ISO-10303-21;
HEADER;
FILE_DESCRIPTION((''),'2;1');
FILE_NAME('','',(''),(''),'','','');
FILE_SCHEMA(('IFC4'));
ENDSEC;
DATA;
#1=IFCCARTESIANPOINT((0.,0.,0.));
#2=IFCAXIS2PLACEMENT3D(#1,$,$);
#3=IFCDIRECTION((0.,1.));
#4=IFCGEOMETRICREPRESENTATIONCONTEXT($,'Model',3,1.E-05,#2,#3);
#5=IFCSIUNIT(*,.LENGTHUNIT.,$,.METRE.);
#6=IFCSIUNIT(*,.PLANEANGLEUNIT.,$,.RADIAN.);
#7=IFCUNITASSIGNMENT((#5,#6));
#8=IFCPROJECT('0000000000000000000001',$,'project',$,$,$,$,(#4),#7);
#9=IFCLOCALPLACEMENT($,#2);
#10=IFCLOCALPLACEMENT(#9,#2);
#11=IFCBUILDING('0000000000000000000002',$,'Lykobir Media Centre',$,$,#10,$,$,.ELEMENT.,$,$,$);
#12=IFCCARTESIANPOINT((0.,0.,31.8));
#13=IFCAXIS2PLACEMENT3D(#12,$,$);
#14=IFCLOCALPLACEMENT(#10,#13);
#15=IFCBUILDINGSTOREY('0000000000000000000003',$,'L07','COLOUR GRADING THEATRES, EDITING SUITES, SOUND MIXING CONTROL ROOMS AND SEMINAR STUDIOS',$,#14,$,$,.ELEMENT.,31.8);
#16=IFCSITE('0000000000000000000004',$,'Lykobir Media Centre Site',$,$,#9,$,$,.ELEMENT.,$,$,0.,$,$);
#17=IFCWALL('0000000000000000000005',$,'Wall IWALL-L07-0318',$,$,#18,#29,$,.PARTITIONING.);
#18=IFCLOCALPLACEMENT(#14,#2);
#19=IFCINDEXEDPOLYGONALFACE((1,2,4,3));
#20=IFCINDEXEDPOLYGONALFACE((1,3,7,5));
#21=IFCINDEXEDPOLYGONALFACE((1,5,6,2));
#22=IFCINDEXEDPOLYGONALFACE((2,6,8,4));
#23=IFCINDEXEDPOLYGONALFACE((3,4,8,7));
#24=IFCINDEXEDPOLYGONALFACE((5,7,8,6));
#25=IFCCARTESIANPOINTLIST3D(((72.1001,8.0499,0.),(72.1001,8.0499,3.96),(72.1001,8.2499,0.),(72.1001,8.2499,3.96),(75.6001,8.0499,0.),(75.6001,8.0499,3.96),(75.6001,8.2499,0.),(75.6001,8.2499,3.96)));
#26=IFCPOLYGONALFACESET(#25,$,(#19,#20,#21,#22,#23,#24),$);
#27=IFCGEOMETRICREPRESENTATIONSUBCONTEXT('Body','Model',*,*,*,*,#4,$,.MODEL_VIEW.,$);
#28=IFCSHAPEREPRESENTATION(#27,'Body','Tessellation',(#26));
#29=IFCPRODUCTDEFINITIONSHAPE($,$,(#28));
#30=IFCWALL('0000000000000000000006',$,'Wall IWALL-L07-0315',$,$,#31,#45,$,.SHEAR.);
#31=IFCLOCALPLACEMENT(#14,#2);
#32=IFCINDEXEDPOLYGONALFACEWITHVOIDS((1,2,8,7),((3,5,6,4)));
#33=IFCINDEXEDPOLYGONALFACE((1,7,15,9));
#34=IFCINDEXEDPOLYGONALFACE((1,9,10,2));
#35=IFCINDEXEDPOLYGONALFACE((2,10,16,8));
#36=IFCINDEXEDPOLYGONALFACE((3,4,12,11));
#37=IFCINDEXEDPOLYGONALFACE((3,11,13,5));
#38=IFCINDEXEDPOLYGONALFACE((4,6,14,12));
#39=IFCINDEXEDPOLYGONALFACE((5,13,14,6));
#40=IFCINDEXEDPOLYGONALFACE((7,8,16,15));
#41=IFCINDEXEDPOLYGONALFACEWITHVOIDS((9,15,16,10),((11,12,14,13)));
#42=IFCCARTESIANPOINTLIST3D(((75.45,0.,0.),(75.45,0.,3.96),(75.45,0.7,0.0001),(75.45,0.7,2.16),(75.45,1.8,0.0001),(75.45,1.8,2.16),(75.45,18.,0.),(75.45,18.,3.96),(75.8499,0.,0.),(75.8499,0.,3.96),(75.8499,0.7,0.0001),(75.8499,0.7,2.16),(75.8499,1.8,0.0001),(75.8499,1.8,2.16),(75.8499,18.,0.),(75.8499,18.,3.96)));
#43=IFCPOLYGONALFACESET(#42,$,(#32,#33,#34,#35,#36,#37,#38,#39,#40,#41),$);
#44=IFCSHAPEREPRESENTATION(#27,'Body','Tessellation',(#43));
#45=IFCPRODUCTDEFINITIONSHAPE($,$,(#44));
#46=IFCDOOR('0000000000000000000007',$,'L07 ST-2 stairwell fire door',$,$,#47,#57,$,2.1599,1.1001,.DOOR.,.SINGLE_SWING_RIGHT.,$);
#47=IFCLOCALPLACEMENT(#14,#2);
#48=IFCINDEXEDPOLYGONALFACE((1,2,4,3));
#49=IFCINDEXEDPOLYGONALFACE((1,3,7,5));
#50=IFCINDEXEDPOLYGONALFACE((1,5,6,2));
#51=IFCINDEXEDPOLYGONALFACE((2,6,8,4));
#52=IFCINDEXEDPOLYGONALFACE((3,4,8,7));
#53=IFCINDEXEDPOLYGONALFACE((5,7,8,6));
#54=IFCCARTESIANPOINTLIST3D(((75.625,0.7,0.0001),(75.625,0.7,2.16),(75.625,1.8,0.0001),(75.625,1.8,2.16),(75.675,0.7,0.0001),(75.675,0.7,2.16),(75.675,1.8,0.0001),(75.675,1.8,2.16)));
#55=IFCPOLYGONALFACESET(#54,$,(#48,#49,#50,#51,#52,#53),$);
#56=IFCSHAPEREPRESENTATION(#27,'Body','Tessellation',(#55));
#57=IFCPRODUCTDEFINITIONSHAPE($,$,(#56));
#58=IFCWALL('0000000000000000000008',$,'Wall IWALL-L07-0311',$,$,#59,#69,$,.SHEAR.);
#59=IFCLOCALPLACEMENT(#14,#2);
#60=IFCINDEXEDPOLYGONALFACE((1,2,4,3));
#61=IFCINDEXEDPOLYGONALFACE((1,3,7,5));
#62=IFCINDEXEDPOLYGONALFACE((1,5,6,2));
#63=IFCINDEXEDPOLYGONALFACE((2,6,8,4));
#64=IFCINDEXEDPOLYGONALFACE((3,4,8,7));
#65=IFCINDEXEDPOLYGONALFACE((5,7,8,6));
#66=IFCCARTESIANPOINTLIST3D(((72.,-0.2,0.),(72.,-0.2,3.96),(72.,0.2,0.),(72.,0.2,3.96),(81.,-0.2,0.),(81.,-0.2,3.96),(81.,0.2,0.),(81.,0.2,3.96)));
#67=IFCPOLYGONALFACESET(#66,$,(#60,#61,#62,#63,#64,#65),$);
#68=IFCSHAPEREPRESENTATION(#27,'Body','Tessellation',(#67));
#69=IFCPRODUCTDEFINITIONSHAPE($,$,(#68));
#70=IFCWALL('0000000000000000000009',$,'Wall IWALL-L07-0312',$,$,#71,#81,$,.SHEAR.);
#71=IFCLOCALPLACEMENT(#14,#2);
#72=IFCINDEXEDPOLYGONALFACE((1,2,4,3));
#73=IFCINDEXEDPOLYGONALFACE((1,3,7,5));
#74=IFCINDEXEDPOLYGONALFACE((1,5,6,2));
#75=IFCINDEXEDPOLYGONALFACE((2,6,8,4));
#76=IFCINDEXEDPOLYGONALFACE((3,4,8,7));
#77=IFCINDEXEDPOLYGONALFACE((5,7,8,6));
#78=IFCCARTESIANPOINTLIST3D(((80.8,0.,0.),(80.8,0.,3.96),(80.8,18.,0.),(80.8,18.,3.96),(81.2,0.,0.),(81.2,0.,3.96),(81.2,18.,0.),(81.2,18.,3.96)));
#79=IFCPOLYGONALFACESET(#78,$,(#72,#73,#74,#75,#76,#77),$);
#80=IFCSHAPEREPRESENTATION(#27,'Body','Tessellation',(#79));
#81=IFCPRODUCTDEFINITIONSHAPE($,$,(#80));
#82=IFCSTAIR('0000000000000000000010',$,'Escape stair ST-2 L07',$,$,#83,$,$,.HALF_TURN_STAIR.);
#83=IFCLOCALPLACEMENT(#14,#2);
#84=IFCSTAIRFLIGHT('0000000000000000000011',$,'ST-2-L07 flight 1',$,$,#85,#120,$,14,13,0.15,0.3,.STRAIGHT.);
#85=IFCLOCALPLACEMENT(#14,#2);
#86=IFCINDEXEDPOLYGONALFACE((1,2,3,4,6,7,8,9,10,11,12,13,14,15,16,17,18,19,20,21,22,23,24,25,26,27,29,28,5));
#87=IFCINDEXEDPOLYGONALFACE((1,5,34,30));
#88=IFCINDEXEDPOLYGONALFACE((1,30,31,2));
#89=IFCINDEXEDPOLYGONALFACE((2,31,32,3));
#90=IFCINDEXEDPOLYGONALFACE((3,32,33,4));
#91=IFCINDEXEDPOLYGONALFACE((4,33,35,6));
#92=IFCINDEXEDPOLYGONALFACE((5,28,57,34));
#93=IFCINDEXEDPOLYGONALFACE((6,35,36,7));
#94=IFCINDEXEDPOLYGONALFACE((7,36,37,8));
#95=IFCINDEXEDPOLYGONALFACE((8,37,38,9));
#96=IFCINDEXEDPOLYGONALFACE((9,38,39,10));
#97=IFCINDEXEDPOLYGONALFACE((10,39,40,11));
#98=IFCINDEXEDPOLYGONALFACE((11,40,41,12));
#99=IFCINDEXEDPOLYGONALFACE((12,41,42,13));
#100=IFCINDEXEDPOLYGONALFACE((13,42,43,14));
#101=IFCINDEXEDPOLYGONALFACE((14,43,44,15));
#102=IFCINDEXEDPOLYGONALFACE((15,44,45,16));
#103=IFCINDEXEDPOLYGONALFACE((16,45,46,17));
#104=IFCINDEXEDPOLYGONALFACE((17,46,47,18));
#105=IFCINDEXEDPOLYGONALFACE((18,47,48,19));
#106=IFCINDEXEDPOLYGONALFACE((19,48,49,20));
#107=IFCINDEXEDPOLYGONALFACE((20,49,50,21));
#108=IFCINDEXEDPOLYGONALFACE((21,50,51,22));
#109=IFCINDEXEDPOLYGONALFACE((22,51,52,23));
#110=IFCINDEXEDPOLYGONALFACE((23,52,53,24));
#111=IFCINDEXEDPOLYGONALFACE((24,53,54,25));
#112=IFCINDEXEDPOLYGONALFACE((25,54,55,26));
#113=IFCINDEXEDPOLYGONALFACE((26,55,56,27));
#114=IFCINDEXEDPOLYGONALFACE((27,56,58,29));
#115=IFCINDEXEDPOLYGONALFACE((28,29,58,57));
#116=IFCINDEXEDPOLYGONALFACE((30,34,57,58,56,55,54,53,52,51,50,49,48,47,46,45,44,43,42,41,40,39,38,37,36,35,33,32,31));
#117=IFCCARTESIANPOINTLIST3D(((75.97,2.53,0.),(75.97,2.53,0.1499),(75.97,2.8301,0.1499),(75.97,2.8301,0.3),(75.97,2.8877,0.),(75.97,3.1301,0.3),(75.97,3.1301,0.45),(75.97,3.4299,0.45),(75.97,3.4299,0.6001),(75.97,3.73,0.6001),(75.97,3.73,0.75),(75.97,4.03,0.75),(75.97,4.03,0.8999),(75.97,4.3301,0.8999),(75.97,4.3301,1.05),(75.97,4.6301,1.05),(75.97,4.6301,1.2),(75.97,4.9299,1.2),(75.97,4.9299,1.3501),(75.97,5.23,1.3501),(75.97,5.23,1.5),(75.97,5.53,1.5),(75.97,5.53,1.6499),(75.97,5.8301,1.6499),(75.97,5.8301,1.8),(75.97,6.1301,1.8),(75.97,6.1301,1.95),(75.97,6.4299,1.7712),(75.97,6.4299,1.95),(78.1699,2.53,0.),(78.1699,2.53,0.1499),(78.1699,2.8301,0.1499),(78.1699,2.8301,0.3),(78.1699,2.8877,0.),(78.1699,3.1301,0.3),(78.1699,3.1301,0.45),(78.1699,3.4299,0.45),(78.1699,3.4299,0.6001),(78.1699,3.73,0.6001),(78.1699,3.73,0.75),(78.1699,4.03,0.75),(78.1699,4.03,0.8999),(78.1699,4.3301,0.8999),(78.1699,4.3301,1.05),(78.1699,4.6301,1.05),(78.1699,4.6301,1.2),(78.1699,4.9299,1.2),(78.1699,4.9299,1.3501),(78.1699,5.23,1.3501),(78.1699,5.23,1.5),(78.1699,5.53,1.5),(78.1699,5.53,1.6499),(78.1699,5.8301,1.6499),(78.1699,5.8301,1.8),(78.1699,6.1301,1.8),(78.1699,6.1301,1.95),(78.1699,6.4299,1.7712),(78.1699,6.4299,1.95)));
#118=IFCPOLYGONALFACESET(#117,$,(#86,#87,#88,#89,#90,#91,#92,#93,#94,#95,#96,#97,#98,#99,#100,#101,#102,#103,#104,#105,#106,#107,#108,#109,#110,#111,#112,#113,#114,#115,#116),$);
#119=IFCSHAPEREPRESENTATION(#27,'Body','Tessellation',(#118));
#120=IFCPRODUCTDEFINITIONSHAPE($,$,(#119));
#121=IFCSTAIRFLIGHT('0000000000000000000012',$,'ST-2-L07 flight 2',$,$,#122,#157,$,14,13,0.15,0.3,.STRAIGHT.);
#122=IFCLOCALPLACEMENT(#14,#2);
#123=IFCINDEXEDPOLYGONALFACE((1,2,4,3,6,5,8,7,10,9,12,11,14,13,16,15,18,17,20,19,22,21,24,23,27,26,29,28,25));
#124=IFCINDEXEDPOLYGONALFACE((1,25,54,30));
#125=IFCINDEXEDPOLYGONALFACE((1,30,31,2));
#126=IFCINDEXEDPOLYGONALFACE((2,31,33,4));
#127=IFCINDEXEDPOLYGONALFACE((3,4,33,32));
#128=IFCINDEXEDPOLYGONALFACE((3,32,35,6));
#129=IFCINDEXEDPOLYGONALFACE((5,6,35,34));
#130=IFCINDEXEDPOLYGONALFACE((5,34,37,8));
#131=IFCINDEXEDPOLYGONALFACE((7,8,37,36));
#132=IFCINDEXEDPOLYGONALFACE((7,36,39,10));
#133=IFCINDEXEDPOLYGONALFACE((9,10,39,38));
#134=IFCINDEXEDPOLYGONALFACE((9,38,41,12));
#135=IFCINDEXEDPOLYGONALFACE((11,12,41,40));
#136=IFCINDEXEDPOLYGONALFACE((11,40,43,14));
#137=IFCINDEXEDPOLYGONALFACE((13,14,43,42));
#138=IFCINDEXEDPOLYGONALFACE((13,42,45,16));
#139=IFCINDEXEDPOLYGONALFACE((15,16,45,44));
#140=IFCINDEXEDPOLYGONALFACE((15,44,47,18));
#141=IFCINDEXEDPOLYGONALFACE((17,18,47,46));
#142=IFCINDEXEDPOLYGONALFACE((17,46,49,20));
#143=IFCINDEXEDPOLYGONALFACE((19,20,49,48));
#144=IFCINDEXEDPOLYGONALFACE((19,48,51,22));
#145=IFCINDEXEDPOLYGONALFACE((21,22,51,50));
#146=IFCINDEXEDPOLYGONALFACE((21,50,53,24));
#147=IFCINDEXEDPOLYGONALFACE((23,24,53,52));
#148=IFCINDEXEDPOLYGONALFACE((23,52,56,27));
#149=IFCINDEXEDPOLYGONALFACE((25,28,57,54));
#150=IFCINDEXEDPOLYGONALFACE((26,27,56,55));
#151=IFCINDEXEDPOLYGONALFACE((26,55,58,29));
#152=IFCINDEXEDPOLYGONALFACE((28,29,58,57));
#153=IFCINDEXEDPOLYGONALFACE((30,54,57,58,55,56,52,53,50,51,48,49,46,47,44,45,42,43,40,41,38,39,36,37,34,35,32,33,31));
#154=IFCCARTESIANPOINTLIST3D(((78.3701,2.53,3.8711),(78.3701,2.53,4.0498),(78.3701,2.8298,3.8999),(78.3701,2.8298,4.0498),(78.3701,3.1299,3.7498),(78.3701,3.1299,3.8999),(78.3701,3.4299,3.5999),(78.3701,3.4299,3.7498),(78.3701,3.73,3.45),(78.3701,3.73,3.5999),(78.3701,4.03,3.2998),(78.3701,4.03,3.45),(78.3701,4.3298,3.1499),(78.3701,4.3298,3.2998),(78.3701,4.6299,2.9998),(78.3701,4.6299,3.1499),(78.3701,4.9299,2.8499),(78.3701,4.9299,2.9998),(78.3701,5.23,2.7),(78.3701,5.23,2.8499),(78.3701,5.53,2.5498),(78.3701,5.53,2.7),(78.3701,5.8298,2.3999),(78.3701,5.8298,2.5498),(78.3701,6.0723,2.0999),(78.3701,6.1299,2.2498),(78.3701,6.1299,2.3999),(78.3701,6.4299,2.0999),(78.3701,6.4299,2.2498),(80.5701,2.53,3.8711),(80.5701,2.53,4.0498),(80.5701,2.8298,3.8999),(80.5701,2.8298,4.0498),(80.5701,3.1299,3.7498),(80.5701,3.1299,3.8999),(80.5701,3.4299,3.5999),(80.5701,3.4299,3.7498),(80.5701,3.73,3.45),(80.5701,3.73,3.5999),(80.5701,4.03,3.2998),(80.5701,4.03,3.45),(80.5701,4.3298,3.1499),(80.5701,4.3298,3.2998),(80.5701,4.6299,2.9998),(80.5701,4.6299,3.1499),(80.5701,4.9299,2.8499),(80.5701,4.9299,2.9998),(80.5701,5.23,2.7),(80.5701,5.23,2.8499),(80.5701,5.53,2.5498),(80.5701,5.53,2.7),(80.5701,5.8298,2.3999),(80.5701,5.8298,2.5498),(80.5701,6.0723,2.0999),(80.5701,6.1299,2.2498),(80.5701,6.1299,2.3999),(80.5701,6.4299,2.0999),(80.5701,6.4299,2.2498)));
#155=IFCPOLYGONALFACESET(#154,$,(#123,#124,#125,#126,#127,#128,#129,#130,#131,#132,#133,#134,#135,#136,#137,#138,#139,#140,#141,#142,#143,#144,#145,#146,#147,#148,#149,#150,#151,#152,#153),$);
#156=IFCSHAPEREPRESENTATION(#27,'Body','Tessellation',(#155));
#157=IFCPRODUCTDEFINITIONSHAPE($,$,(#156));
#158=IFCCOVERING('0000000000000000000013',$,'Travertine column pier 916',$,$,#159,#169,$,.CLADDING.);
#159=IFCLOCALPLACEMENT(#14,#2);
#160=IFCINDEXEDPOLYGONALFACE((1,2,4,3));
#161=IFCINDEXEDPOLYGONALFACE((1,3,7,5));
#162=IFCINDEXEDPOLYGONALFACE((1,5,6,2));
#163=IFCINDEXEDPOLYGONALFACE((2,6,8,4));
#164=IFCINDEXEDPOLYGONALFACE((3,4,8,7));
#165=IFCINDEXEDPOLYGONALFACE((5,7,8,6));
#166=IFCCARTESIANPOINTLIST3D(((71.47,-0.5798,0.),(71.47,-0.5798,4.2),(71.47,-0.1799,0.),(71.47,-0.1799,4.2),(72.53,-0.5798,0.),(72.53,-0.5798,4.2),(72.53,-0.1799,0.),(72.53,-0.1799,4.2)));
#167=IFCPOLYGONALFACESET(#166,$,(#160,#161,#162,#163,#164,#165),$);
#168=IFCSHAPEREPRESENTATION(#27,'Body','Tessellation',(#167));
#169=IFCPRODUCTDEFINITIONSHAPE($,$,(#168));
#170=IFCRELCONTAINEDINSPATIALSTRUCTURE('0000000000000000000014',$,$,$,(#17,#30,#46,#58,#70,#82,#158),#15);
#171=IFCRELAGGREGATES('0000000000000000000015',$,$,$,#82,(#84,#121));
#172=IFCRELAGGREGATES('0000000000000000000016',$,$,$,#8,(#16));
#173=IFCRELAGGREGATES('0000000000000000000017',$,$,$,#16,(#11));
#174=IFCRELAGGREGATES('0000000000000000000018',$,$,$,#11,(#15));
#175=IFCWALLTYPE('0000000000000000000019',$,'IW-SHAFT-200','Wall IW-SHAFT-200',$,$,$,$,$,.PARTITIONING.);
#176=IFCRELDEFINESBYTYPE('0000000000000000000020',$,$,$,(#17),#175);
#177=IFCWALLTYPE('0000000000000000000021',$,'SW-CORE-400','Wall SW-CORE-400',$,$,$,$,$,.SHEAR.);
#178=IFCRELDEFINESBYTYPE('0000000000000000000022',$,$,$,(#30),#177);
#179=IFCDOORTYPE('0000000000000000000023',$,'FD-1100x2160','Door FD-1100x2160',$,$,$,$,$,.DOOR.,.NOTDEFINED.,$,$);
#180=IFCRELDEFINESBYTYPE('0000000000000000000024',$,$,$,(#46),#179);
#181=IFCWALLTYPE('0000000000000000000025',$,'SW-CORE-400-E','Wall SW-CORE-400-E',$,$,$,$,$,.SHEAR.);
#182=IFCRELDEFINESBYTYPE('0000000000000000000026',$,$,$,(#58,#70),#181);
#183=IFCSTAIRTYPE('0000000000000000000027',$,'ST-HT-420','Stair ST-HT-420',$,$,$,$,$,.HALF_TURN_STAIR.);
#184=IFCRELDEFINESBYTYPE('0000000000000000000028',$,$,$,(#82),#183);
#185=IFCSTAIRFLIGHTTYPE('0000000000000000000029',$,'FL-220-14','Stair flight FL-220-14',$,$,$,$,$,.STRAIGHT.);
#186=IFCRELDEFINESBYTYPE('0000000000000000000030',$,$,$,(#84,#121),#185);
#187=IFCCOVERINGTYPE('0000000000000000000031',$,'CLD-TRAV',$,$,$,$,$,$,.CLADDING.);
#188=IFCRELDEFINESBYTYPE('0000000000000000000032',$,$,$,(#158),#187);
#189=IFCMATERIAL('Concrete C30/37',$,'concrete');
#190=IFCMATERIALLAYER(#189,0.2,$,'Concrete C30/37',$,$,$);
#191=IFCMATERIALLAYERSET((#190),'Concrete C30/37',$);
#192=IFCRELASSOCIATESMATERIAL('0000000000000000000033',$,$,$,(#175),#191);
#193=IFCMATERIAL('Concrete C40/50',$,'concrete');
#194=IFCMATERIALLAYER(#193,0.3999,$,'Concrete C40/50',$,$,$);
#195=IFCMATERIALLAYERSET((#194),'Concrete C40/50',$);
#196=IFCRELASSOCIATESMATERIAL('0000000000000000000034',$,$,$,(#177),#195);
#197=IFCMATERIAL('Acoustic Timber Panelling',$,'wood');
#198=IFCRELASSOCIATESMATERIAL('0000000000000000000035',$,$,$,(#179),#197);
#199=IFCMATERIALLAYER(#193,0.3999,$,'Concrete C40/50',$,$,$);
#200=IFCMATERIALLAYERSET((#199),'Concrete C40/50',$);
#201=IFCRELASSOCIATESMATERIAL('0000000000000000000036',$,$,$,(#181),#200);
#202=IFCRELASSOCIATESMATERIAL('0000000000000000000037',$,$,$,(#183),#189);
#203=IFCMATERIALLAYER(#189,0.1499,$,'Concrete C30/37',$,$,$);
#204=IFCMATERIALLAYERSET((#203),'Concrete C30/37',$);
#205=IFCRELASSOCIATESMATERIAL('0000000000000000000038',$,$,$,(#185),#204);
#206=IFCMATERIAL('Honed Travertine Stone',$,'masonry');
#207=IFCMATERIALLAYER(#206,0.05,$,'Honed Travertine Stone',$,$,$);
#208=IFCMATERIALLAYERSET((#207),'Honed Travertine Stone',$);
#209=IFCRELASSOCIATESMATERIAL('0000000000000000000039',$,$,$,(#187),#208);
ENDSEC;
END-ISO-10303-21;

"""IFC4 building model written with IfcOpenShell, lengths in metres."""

from ifc_helpers import new_model, si_unit, direction, frame, frame_2d, origin, origin_2d, place, context, subcontext, project, spatial, polyline, rectangle, outline, extrude, material, layer, layer_set, type_object, element, fill, aggregate, save


model = new_model("IFC4")

# Units and contexts
model_context = context("Model", 3, precision=1e-05, world=origin(), true_north=direction((0.0, 1.0)))
body_context = subcontext(model_context, "Body", "Model", "MODEL_VIEW")
ifc_project = project(units=[si_unit("LENGTHUNIT", "METRE"), si_unit("PLANEANGLEUNIT", "RADIAN")], contexts=[model_context])

# Site, building, storey
site_placement = place(None, origin())
site = spatial("IfcSite", under=ifc_project, at=site_placement, Name="Lykobir Media Centre Site", CompositionType="ELEMENT", RefElevation=0.0)
building_placement = place(site_placement, origin())
building = spatial("IfcBuilding", under=site, at=building_placement, Name="Lykobir Media Centre", CompositionType="ELEMENT")
storey_placement = place(building_placement, frame((0.0, 0.0, 31.8)))
storey = spatial("IfcBuildingStorey", under=building, at=storey_placement, Name="L07", Description="COLOUR GRADING THEATRES, EDITING SUITES, SOUND MIXING CONTROL ROOMS AND SEMINAR STUDIOS", CompositionType="ELEMENT", Elevation=31.8)

# Shared definitions
ifc_material_1 = material(Name="Concrete C40/50", Category="concrete")

# Wall
ifc_material_2 = material(Name="Concrete C30/37", Category="concrete")
ifc_layer_1 = layer(ifc_material_2, 0.2, Name="Concrete C30/37")
ifc_layer_set_1 = layer_set([ifc_layer_1], Name="Concrete C30/37")
wall_type_1 = type_object("IfcWallType", Name="IW-SHAFT-200", Description="Wall IW-SHAFT-200", PredefinedType="PARTITIONING", material=ifc_layer_set_1)
for number, where, z_axis, x_axis, name in (
    (1, (72.1001, 8.1499, 0.0), (0.0, 0.0, 1.0), (1.0, 0.0, 0.0), "Wall IWALL-L07-0318"),
):
    element("IfcWall", number, at=place(storey_placement, frame(where, z_axis=z_axis, x_axis=x_axis)), inside=storey, type_object=wall_type_1, Name=name, PredefinedType="PARTITIONING", context=body_context, shape_type="SweptSolid", body=[
        extrude(rectangle(XDim=3.5, YDim=0.2, at=frame_2d((1.75, 0.0))), origin(), (0.0, 0.0, 1.0), 3.96),
    ])

# Wall, opening, door
ifc_layer_2 = layer(ifc_material_1, 0.3999, Name="Concrete C40/50")
ifc_layer_set_2 = layer_set([ifc_layer_2], Name="Concrete C40/50")
wall_type_2 = type_object("IfcWallType", Name="SW-CORE-400", Description="Wall SW-CORE-400", PredefinedType="SHEAR", material=ifc_layer_set_2)
wall_1_placement = place(storey_placement, frame((75.6499, 0.0, 0.0), z_axis=(0.0, 0.0, 1.0), x_axis=(0.0, 1.0, 0.0)))
wall_1 = element("IfcWall", 2, at=wall_1_placement, inside=storey, type_object=wall_type_2, Name="Wall IWALL-L07-0315", PredefinedType="SHEAR", context=body_context, shape_type="SweptSolid", body=[
    extrude(rectangle(XDim=18.0, YDim=0.3999, at=frame_2d((9.0, 0.0))), origin(), (0.0, 0.0, 1.0), 3.96),
])
opening_placement = place(wall_1_placement, frame((0.7, 0.0, 0.0)))
opening = element("IfcOpeningElement", 3, at=opening_placement, cuts=wall_1, PredefinedType="OPENING", context=body_context, shape_type="SweptSolid", body=[
    extrude(rectangle(XDim=1.1001, YDim=2.1599, at=frame_2d((0.55, 1.0801))), frame((0.0, 0.21, 0.0), z_axis=(0.0, -1.0, 0.0), x_axis=(1.0, 0.0, 0.0)), (0.0, 0.0, 1.0), 0.4199),
])
ifc_material_3 = material(Name="Acoustic Timber Panelling", Category="wood")
door_type = type_object("IfcDoorType", Name="FD-1100x2160", Description="Door FD-1100x2160", OperationType="NOTDEFINED", PredefinedType="DOOR", material=ifc_material_3)
door_placement = place(opening_placement, origin())
door = element("IfcDoor", 4, at=door_placement, inside=storey, type_object=door_type, Name="L07 ST-2 stairwell fire door", OperationType="SINGLE_SWING_RIGHT", OverallHeight=2.1599, OverallWidth=1.1001, PredefinedType="DOOR", context=body_context, shape_type="SweptSolid", body=[
    extrude(rectangle(XDim=1.1001, YDim=2.1599, at=frame_2d((0.55, 1.0801))), frame((0.0, 0.0249, 0.0), z_axis=(0.0, -1.0, 0.0), x_axis=(1.0, 0.0, 0.0)), (0.0, 0.0, 1.0), 0.05),
])
fill(opening, door)

# Walls
ifc_layer_3 = layer(ifc_material_1, 0.3999, Name="Concrete C40/50")
ifc_layer_set_3 = layer_set([ifc_layer_3], Name="Concrete C40/50")
wall_type_3 = type_object("IfcWallType", Name="SW-CORE-400-E", Description="Wall SW-CORE-400-E", PredefinedType="SHEAR", material=ifc_layer_set_3)
wall_2_placement = place(storey_placement, frame((72.0, 0.0, 0.0), z_axis=(0.0, 0.0, 1.0), x_axis=(1.0, 0.0, 0.0)))
element("IfcWall", 5, at=wall_2_placement, inside=storey, type_object=wall_type_3, Name="Wall IWALL-L07-0311", PredefinedType="SHEAR", context=body_context, shape_type="SweptSolid", body=[
    extrude(rectangle(XDim=9.0, YDim=0.3999, at=frame_2d((4.5, 0.0))), origin(), (0.0, 0.0, 1.0), 3.96),
])
wall_3_placement = place(storey_placement, frame((81.0, 0.0, 0.0), z_axis=(0.0, 0.0, 1.0), x_axis=(0.0, 1.0, 0.0)))
element("IfcWall", 6, at=wall_3_placement, inside=storey, type_object=wall_type_3, Name="Wall IWALL-L07-0312", PredefinedType="SHEAR", context=body_context, shape_type="SweptSolid", body=[
    extrude(rectangle(XDim=18.0, YDim=0.3999, at=frame_2d((9.0, 0.0))), origin(), (0.0, 0.0, 1.0), 3.96),
])

# Stair, stair flights
stair_type = type_object("IfcStairType", Name="ST-HT-420", Description="Stair ST-HT-420", PredefinedType="HALF_TURN_STAIR", material=ifc_material_2)
stair_placement = place(storey_placement, origin())
stair = element("IfcStair", 7, at=stair_placement, inside=storey, type_object=stair_type, Name="Escape stair ST-2 L07", PredefinedType="HALF_TURN_STAIR")
ifc_layer_4 = layer(ifc_material_2, 0.1499, Name="Concrete C30/37")
ifc_layer_set_4 = layer_set([ifc_layer_4], Name="Concrete C30/37")
stair_flight_type = type_object("IfcStairFlightType", Name="FL-220-14", Description="Stair flight FL-220-14", PredefinedType="STRAIGHT", material=ifc_layer_set_4)
stair_flight_1_placement = place(storey_placement, frame((77.0701, 2.53, 0.0), z_axis=(0.0, 0.0, 1.0), x_axis=(0.0, 1.0, 0.0)))
stair_flight_1 = element("IfcStairFlight", 8, at=stair_flight_1_placement, type_object=stair_flight_type, Name="ST-2-L07 flight 1", NumberOfRisers=14, NumberOfTreads=13, PredefinedType="STRAIGHT", RiserHeight=0.15, TreadLength=0.3, context=body_context, shape_type="SweptSolid", body=[
    extrude(outline(polyline([(0.0, 0.0), (0.0, 0.1499), (0.3, 0.1499), (0.3, 0.3), (0.6001, 0.3), (0.6001, 0.45), (0.8999, 0.45), (0.8999, 0.6001), (1.2, 0.6001), (1.2, 0.75), (1.5, 0.75), (1.5, 0.8999), (1.8, 0.8999), (1.8, 1.05), (2.1001, 1.05), (2.1001, 1.2), (2.3999, 1.2), (2.3999, 1.3501), (2.7, 1.3501), (2.7, 1.5), (3.0, 1.5), (3.0, 1.6499), (3.3, 1.6499), (3.3, 1.8), (3.6001, 1.8), (3.6001, 1.95), (3.8999, 1.95), (3.8999, 2.1001), (3.8999, 1.7712), (0.3577, 0.0), (0.0, 0.0)])), frame((0.0, 1.1001, 0.0), z_axis=(0.0, -1.0, 0.0), x_axis=(1.0, 0.0, 0.0)), (0.0, 0.0, 1.0), 2.2),
])
stair_flight_2_placement = place(storey_placement, frame((79.47, 6.4299, 2.0999), z_axis=(0.0, 0.0, 1.0), x_axis=(0.0, -1.0, 0.0)))
stair_flight_2 = element("IfcStairFlight", 9, at=stair_flight_2_placement, type_object=stair_flight_type, Name="ST-2-L07 flight 2", NumberOfRisers=14, NumberOfTreads=13, PredefinedType="STRAIGHT", RiserHeight=0.15, TreadLength=0.3, context=body_context, shape_type="SweptSolid", body=[
    extrude(outline(polyline([(0.0, 0.0), (0.0, 0.1499), (0.3, 0.1499), (0.3, 0.3), (0.6001, 0.3), (0.6001, 0.45), (0.8999, 0.45), (0.8999, 0.6001), (1.2, 0.6001), (1.2, 0.75), (1.5, 0.75), (1.5, 0.8999), (1.8, 0.8999), (1.8, 1.05), (2.1001, 1.05), (2.1001, 1.2), (2.3999, 1.2), (2.3999, 1.3501), (2.7, 1.3501), (2.7, 1.5), (3.0, 1.5), (3.0, 1.6499), (3.3, 1.6499), (3.3, 1.8), (3.6001, 1.8), (3.6001, 1.95), (3.8999, 1.95), (3.8999, 2.1001), (3.8999, 1.7712), (0.3577, 0.0), (0.0, 0.0)])), frame((0.0, 1.1001, 0.0), z_axis=(0.0, -1.0, 0.0), x_axis=(1.0, 0.0, 0.0)), (0.0, 0.0, 1.0), 2.2),
])
aggregate(stair, [stair_flight_1, stair_flight_2])

# Covering
ifc_material_4 = material(Name="Honed Travertine Stone", Category="masonry")
ifc_layer_5 = layer(ifc_material_4, 0.05, Name="Honed Travertine Stone")
ifc_layer_set_5 = layer_set([ifc_layer_5], Name="Honed Travertine Stone")
covering_type = type_object("IfcCoveringType", Name="CLD-TRAV", PredefinedType="CLADDING", material=ifc_layer_set_5)
covering_placement = place(storey_placement, frame((72.0, -0.3799, 0.0), z_axis=(0.0, 0.0, 1.0), x_axis=(1.0, 0.0, 0.0)))
element("IfcCovering", 10, at=covering_placement, inside=storey, type_object=covering_type, Name="Travertine column pier 916", PredefinedType="CLADDING", context=body_context, shape_type="SweptSolid", body=[
    extrude(rectangle(XDim=1.0601, YDim=0.3999, at=origin_2d()), origin(), (0.0, 0.0, 1.0), 4.2),
])

save(model, "model.ifc")
